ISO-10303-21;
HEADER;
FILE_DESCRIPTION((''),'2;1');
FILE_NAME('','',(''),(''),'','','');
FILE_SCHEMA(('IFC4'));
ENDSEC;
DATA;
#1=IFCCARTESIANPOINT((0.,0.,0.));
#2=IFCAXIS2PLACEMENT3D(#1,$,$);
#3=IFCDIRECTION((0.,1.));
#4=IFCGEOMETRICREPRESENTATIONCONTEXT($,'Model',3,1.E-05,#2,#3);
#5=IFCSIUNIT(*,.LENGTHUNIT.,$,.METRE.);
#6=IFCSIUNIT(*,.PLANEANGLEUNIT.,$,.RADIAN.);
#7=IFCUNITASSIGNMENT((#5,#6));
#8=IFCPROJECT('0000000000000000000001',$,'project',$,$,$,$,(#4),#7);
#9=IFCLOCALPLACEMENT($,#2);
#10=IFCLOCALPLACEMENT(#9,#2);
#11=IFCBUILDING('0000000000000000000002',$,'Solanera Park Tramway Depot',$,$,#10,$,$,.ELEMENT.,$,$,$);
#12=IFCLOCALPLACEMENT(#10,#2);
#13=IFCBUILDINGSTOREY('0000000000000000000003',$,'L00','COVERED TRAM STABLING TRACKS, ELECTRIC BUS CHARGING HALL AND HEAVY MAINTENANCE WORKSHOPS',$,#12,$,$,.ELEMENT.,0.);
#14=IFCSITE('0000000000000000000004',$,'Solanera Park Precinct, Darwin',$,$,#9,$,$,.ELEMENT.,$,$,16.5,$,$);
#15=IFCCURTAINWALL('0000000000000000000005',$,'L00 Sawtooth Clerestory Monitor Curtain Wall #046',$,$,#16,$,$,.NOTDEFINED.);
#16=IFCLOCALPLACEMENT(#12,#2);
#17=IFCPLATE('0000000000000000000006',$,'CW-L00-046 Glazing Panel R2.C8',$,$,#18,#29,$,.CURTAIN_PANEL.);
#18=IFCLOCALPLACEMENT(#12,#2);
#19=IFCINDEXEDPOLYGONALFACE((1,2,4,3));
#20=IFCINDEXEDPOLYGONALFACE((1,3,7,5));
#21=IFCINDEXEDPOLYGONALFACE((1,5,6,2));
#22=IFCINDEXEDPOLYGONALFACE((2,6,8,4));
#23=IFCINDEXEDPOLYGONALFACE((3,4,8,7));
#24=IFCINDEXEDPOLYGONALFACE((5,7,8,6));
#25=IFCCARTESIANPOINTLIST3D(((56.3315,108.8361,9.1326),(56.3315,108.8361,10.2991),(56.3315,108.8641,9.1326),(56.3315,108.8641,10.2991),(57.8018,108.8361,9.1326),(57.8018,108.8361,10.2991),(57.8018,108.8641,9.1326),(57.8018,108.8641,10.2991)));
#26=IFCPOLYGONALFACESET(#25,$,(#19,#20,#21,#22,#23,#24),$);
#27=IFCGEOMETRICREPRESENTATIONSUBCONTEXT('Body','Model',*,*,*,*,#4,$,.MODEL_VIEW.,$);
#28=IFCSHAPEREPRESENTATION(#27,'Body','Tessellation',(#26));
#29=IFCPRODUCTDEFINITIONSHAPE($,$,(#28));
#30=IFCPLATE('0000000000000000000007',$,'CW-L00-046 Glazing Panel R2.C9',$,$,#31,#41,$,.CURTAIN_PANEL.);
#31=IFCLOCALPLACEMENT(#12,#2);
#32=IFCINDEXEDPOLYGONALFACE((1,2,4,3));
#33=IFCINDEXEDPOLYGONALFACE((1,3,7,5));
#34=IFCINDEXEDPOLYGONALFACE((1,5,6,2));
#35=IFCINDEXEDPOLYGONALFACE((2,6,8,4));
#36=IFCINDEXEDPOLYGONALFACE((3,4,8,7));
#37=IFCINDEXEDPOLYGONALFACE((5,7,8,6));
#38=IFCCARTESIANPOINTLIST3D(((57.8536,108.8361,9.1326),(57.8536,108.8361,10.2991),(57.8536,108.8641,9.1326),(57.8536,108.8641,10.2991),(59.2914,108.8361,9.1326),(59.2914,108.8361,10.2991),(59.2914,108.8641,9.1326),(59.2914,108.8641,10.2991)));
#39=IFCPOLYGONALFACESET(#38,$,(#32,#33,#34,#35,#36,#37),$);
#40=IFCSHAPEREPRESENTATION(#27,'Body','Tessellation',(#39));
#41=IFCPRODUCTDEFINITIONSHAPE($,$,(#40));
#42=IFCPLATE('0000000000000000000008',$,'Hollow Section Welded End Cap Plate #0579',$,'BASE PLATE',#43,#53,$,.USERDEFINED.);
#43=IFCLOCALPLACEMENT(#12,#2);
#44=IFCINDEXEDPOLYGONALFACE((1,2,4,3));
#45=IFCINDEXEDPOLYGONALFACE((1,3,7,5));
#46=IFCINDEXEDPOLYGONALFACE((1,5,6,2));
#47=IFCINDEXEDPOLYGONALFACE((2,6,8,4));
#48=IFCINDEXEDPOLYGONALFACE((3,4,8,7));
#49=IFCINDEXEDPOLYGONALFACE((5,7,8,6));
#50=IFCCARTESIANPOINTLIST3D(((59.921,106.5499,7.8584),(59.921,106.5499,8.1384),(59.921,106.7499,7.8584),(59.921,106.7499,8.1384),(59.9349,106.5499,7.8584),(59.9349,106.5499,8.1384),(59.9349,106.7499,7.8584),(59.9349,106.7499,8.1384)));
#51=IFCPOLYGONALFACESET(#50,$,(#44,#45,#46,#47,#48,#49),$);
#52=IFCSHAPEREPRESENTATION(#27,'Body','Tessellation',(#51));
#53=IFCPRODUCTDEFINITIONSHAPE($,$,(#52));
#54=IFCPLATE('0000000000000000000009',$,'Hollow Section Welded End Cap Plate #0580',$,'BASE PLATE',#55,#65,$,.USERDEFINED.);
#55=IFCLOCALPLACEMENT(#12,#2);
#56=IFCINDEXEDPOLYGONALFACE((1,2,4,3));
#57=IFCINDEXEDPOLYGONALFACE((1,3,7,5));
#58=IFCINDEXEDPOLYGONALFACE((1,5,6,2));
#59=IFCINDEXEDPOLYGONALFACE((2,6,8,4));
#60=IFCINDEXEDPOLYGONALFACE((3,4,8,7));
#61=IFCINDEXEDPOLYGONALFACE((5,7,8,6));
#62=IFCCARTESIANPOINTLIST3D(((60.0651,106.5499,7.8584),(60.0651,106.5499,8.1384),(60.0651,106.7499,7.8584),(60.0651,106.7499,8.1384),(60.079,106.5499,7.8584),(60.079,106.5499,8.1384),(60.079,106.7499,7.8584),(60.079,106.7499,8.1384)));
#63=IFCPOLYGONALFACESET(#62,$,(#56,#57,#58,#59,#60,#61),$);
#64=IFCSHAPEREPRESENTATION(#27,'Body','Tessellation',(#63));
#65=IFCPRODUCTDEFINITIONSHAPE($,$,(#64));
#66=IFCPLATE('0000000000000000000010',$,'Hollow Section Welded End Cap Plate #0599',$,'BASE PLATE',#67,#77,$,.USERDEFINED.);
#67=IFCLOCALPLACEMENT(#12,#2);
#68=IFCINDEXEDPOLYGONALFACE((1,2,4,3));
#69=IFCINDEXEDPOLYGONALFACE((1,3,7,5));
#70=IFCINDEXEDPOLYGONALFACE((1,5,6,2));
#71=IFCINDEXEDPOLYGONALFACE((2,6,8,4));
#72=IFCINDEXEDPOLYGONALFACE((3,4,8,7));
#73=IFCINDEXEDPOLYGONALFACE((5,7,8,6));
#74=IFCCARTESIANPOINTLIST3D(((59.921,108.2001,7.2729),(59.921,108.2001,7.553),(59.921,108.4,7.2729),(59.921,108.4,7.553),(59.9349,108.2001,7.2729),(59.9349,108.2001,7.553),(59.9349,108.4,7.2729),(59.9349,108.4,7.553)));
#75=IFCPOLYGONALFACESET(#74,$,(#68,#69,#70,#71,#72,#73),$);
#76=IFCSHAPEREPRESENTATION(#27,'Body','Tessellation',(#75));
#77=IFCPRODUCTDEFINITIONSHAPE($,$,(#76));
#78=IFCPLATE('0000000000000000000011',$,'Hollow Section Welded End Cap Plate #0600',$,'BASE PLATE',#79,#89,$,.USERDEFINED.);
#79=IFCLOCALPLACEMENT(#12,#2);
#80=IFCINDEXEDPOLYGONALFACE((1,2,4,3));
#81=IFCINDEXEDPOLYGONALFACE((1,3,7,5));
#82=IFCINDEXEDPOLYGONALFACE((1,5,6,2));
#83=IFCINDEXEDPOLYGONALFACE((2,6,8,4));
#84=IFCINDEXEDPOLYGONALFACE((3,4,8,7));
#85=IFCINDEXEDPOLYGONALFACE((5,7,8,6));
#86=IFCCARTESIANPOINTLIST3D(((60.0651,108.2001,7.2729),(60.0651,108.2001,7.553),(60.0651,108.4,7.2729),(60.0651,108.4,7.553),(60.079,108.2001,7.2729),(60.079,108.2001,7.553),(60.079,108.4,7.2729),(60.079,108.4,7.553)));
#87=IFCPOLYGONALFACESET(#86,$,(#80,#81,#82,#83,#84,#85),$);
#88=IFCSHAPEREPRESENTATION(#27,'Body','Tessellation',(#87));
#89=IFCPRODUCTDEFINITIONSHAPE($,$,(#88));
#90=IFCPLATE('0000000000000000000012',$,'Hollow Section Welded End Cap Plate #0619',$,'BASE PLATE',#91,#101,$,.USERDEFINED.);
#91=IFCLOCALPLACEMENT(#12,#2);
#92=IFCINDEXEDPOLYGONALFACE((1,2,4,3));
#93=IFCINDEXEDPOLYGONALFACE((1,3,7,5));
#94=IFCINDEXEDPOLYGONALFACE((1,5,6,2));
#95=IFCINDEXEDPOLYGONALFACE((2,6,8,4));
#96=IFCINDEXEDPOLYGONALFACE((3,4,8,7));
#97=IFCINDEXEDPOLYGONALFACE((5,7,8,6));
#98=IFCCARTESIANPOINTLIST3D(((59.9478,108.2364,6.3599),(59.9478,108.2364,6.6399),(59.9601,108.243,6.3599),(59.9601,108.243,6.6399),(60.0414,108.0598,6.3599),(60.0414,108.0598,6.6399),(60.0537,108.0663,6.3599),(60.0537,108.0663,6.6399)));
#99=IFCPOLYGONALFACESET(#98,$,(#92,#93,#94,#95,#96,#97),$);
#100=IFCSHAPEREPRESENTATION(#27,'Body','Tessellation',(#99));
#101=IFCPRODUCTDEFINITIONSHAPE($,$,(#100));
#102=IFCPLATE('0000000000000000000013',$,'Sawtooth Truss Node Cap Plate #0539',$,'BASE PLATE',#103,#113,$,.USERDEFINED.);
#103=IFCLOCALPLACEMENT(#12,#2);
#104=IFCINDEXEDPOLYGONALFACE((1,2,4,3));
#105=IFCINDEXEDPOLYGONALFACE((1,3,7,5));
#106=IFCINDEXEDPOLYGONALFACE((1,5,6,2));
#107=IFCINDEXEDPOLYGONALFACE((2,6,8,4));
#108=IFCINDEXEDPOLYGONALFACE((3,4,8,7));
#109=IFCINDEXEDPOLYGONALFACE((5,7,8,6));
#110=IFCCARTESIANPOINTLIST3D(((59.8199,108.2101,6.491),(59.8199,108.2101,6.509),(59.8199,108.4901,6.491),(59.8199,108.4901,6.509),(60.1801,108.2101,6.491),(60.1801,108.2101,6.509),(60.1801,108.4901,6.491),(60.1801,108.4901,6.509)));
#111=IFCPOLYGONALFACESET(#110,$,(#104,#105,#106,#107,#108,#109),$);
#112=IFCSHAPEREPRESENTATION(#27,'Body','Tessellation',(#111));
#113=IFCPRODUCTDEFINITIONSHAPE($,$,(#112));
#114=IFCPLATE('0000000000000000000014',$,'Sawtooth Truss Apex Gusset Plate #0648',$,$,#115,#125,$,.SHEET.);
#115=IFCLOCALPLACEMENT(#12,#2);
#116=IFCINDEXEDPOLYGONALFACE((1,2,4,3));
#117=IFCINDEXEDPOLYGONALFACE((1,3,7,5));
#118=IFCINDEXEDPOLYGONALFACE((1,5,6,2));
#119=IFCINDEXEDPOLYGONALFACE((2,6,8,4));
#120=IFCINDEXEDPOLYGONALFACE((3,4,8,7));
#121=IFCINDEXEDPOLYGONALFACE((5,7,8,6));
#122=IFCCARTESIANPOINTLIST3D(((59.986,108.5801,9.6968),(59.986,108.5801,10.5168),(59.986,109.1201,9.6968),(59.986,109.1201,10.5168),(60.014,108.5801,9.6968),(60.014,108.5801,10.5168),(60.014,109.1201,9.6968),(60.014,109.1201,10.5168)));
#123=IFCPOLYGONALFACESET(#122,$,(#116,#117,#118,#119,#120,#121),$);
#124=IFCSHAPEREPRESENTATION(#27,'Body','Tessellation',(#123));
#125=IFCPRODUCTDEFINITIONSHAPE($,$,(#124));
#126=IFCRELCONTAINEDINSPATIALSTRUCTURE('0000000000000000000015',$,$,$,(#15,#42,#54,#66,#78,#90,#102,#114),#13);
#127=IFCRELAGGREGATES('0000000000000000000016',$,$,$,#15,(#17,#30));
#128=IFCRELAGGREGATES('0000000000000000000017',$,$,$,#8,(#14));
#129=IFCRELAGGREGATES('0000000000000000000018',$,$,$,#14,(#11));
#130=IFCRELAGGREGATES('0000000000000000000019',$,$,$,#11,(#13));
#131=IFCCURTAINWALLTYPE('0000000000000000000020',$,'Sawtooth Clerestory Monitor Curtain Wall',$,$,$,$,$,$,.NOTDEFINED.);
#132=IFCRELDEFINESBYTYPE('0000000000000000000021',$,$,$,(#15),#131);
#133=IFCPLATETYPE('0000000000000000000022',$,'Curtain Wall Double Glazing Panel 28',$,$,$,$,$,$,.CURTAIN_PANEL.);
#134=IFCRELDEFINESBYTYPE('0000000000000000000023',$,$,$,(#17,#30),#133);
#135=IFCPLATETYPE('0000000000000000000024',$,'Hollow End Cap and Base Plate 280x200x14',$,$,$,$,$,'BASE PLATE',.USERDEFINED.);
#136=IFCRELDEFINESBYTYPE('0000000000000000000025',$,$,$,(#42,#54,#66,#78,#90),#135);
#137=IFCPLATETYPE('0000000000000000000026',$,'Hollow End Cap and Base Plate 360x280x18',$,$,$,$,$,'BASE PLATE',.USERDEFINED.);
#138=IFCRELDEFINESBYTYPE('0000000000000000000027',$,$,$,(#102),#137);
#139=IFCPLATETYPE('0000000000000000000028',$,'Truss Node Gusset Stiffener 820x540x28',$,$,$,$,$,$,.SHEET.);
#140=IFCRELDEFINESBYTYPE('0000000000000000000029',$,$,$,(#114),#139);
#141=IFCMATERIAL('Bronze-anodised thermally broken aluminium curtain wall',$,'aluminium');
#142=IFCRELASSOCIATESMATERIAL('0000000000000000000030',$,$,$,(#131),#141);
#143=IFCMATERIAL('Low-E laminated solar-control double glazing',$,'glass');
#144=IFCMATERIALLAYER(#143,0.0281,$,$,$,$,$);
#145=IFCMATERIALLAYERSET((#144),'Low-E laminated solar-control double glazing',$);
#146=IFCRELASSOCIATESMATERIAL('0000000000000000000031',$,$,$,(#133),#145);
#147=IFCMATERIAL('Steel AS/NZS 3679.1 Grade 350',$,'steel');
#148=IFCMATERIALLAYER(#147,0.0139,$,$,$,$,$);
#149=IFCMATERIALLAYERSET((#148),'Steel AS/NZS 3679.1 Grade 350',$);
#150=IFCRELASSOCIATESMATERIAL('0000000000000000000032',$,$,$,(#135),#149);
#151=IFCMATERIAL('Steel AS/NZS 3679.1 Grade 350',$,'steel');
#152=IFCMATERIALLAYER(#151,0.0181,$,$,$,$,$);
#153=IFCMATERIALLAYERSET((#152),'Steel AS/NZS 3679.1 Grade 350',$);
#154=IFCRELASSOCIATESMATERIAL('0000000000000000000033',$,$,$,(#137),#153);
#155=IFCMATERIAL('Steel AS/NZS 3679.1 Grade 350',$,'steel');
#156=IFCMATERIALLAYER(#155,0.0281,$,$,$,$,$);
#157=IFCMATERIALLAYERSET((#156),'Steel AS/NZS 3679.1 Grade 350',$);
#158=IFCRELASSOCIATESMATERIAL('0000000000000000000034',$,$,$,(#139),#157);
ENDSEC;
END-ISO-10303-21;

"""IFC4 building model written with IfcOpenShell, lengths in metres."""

from ifc_helpers import new_model, si_unit, direction, frame, origin, origin_2d, place, context, subcontext, project, spatial, rectangle, extrude, material, layer, layer_set, type_object, element, aggregate, save


model = new_model("IFC4")

# Units and contexts
model_context = context("Model", 3, precision=1e-05, world=origin(), true_north=direction((0.0, 1.0)))
body_context = subcontext(model_context, "Body", "Model", "MODEL_VIEW")
ifc_project = project(units=[si_unit("LENGTHUNIT", "METRE"), si_unit("PLANEANGLEUNIT", "RADIAN")], contexts=[model_context])

# Site, building, storey
site_placement = place(None, origin())
site = spatial("IfcSite", under=ifc_project, at=site_placement, Name="Solanera Park Precinct, Darwin", CompositionType="ELEMENT", RefElevation=16.5)
building_placement = place(site_placement, origin())
building = spatial("IfcBuilding", under=site, at=building_placement, Name="Solanera Park Tramway Depot", CompositionType="ELEMENT")
storey_placement = place(building_placement, origin())
storey = spatial("IfcBuildingStorey", under=building, at=storey_placement, Name="L00", Description="COVERED TRAM STABLING TRACKS, ELECTRIC BUS CHARGING HALL AND HEAVY MAINTENANCE WORKSHOPS", CompositionType="ELEMENT", Elevation=0.0)

# Curtain wall
ifc_material_1 = material(Name="Bronze-anodised thermally broken aluminium curtain wall", Category="aluminium")
curtain_wall_type = type_object("IfcCurtainWallType", Name="Sawtooth Clerestory Monitor Curtain Wall", PredefinedType="NOTDEFINED", material=ifc_material_1)
curtain_wall_1_placement = place(storey_placement, origin())
curtain_wall_1 = element("IfcCurtainWall", 1, at=curtain_wall_1_placement, inside=storey, type_object=curtain_wall_type, Name="L00 Sawtooth Clerestory Monitor Curtain Wall #046", PredefinedType="NOTDEFINED")

# Plates
ifc_material_2 = material(Name="Low-E laminated solar-control double glazing", Category="glass")
ifc_layer_1 = layer(ifc_material_2, 0.0281)
ifc_layer_set_1 = layer_set([ifc_layer_1], Name="Low-E laminated solar-control double glazing")
plate_type_1 = type_object("IfcPlateType", Name="Curtain Wall Double Glazing Panel 28", PredefinedType="CURTAIN_PANEL", material=ifc_layer_set_1)
plate_1_placement = place(storey_placement, frame((57.0667, 108.8501, 9.1326), z_axis=(0.0, 0.0, 1.0), x_axis=(1.0, 0.0, 0.0)))
plate_1 = element("IfcPlate", 2, at=plate_1_placement, type_object=plate_type_1, Name="CW-L00-046 Glazing Panel R2.C8", PredefinedType="CURTAIN_PANEL", context=body_context, shape_type="SweptSolid", body=[
    extrude(rectangle(XDim=1.4702, YDim=0.0281, at=origin_2d()), origin(), (0.0, 0.0, 1.0), 1.1665),
])
plate_2_placement = place(storey_placement, frame((58.5725, 108.8501, 9.1326), z_axis=(0.0, 0.0, 1.0), x_axis=(1.0, 0.0, 0.0)))
plate_2 = element("IfcPlate", 3, at=plate_2_placement, type_object=plate_type_1, Name="CW-L00-046 Glazing Panel R2.C9", PredefinedType="CURTAIN_PANEL", context=body_context, shape_type="SweptSolid", body=[
    extrude(rectangle(XDim=1.4377, YDim=0.0281, at=origin_2d()), origin(), (0.0, 0.0, 1.0), 1.1665),
])
aggregate(curtain_wall_1, [plate_1, plate_2])

# Plates
ifc_material_3 = material(Name="Steel AS/NZS 3679.1 Grade 350", Category="steel")
ifc_layer_2 = layer(ifc_material_3, 0.0139)
ifc_layer_set_2 = layer_set([ifc_layer_2], Name="Steel AS/NZS 3679.1 Grade 350")
plate_type_2 = type_object("IfcPlateType", Name="Hollow End Cap and Base Plate 280x200x14", ElementType="BASE PLATE", PredefinedType="USERDEFINED", material=ifc_layer_set_2)
for number, where, z_axis, x_axis, name in (
    (4, (59.928, 106.6499, 7.8584), (0.0, 0.0, 1.0), (1.0, 0.0, 0.0), "Hollow Section Welded End Cap Plate #0579"),
    (5, (60.072, 106.6499, 7.8584), (0.0, 0.0, 1.0), (1.0, 0.0, 0.0), "Hollow Section Welded End Cap Plate #0580"),
    (6, (59.928, 108.3, 7.2729), (0.0, 0.0, 1.0), (1.0, 0.0, 0.0), "Hollow Section Welded End Cap Plate #0599"),
    (7, (60.072, 108.3, 7.2729), (0.0, 0.0, 1.0), (1.0, 0.0, 0.0), "Hollow Section Welded End Cap Plate #0600"),
    (8, (60.0007, 108.1514, 6.3599), (0.0, 0.0, 1.0), (0.883521, 0.468392, 0.0), "Hollow Section Welded End Cap Plate #0619"),
):
    element("IfcPlate", number, at=place(storey_placement, frame(where, z_axis=z_axis, x_axis=x_axis)), inside=storey, type_object=plate_type_2, Name=name, ObjectType="BASE PLATE", PredefinedType="USERDEFINED", context=body_context, shape_type="SweptSolid", body=[
        extrude(rectangle(XDim=0.0139, YDim=0.2, at=origin_2d()), origin(), (0.0, 0.0, 1.0), 0.28),
    ])
ifc_material_4 = material(Name="Steel AS/NZS 3679.1 Grade 350", Category="steel")
ifc_layer_3 = layer(ifc_material_4, 0.0181)
ifc_layer_set_3 = layer_set([ifc_layer_3], Name="Steel AS/NZS 3679.1 Grade 350")
plate_type_3 = type_object("IfcPlateType", Name="Hollow End Cap and Base Plate 360x280x18", ElementType="BASE PLATE", PredefinedType="USERDEFINED", material=ifc_layer_set_3)
plate_3_placement = place(storey_placement, frame((60.0, 108.3501, 6.491), z_axis=(0.0, 0.0, 1.0), x_axis=(1.0, 0.0, 0.0)))
element("IfcPlate", 9, at=plate_3_placement, inside=storey, type_object=plate_type_3, Name="Sawtooth Truss Node Cap Plate #0539", ObjectType="BASE PLATE", PredefinedType="USERDEFINED", context=body_context, shape_type="SweptSolid", body=[
    extrude(rectangle(XDim=0.3601, YDim=0.28, at=origin_2d()), origin(), (0.0, 0.0, 1.0), 0.0181),
])
ifc_material_5 = material(Name="Steel AS/NZS 3679.1 Grade 350", Category="steel")
ifc_layer_4 = layer(ifc_material_5, 0.0281)
ifc_layer_set_4 = layer_set([ifc_layer_4], Name="Steel AS/NZS 3679.1 Grade 350")
plate_type_4 = type_object("IfcPlateType", Name="Truss Node Gusset Stiffener 820x540x28", PredefinedType="SHEET", material=ifc_layer_set_4)
plate_4_placement = place(storey_placement, frame((60.0, 108.8501, 9.6968), z_axis=(0.0, 0.0, 1.0), x_axis=(1.0, 0.0, 0.0)))
element("IfcPlate", 10, at=plate_4_placement, inside=storey, type_object=plate_type_4, Name="Sawtooth Truss Apex Gusset Plate #0648", PredefinedType="SHEET", context=body_context, shape_type="SweptSolid", body=[
    extrude(rectangle(XDim=0.0281, YDim=0.54, at=origin_2d()), origin(), (0.0, 0.0, 1.0), 0.8201),
])

save(model, "model.ifc")
